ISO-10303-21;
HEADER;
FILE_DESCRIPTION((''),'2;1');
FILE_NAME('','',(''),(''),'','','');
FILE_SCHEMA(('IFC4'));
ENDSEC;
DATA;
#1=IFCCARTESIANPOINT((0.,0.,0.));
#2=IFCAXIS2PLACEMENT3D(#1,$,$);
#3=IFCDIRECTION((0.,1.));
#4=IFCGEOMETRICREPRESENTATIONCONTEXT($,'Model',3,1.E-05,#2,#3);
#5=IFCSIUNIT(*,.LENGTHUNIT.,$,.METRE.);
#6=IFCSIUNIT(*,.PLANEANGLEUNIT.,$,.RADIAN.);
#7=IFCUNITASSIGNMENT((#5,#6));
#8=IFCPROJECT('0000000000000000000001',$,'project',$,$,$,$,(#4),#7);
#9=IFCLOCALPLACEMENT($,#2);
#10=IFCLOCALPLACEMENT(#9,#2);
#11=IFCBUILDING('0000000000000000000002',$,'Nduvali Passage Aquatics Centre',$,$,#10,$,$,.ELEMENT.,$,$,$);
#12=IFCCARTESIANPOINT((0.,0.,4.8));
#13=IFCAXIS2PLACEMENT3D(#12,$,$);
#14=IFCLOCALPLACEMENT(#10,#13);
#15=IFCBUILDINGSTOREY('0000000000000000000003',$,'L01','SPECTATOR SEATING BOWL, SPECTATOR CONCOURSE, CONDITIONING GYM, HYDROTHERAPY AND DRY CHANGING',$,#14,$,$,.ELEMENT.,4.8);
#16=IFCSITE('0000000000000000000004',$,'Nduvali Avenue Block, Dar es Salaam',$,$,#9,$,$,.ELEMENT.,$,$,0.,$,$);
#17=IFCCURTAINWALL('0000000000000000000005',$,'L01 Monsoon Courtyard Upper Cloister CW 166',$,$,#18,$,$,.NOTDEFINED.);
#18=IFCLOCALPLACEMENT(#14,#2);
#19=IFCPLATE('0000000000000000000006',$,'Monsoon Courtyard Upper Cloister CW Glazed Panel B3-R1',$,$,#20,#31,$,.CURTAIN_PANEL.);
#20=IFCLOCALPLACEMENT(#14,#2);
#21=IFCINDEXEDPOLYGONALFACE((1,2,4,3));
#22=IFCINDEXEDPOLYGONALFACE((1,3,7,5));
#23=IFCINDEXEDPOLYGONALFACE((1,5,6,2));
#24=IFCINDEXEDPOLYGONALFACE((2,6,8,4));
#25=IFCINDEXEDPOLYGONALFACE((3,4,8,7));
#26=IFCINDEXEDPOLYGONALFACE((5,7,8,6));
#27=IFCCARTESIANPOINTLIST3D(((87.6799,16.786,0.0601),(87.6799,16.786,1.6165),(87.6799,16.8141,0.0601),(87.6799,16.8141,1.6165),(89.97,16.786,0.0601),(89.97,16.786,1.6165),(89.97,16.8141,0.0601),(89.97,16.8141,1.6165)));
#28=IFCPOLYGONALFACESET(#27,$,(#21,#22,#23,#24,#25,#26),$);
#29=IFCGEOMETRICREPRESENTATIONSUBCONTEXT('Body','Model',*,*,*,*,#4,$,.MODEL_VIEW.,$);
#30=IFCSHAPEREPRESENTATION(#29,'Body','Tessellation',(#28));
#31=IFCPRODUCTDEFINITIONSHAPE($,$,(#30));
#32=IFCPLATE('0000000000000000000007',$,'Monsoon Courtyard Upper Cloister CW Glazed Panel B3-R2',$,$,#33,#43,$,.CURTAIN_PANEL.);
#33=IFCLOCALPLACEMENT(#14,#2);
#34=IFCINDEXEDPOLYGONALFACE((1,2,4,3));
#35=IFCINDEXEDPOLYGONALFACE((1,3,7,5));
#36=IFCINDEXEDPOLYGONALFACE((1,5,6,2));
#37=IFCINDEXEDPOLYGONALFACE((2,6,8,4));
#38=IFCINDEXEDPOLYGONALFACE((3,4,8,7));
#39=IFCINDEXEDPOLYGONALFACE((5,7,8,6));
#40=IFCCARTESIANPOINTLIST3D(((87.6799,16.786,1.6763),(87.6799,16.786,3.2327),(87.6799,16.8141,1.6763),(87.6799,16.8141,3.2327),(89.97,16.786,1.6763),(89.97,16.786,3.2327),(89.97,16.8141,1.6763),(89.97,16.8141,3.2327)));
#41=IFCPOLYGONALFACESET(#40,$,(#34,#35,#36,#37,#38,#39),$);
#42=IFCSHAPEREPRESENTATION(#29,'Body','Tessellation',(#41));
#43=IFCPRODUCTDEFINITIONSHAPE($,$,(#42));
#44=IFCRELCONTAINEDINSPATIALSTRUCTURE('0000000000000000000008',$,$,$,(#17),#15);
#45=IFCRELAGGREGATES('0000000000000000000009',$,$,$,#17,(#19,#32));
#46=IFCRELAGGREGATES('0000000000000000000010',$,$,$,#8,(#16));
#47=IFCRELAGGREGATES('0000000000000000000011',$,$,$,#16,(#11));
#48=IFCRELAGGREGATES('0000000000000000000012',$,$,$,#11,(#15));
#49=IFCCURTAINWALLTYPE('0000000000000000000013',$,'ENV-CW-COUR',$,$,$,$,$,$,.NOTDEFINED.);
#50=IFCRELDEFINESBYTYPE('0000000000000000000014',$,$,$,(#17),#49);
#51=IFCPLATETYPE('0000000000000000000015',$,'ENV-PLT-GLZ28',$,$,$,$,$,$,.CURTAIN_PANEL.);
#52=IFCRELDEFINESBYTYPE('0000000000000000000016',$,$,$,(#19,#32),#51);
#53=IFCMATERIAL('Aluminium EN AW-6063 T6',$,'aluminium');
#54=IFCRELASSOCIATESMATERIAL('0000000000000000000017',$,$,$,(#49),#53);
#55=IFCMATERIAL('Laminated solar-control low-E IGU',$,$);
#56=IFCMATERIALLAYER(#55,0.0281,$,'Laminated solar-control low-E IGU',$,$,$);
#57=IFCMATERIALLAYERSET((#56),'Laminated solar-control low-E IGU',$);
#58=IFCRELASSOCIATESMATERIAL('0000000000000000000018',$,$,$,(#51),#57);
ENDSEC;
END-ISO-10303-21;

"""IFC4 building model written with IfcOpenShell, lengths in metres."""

from ifc_helpers import new_model, si_unit, direction, frame, origin, origin_2d, place, context, subcontext, project, spatial, rectangle, extrude, material, layer, layer_set, type_object, element, aggregate, save


model = new_model("IFC4")

# Units and contexts
model_context = context("Model", 3, precision=1e-05, world=origin(), true_north=direction((0.0, 1.0)))
body_context = subcontext(model_context, "Body", "Model", "MODEL_VIEW")
ifc_project = project(units=[si_unit("LENGTHUNIT", "METRE"), si_unit("PLANEANGLEUNIT", "RADIAN")], contexts=[model_context])

# Site, building, storey
site_placement = place(None, origin())
site = spatial("IfcSite", under=ifc_project, at=site_placement, Name="Nduvali Avenue Block, Dar es Salaam", CompositionType="ELEMENT", RefElevation=0.0)
building_placement = place(site_placement, origin())
building = spatial("IfcBuilding", under=site, at=building_placement, Name="Nduvali Passage Aquatics Centre", CompositionType="ELEMENT")
storey_placement = place(building_placement, frame((0.0, 0.0, 4.8)))
storey = spatial("IfcBuildingStorey", under=building, at=storey_placement, Name="L01", Description="SPECTATOR SEATING BOWL, SPECTATOR CONCOURSE, CONDITIONING GYM, HYDROTHERAPY AND DRY CHANGING", CompositionType="ELEMENT", Elevation=4.8)

# Curtain wall
ifc_material_1 = material(Name="Aluminium EN AW-6063 T6", Category="aluminium")
curtain_wall_type = type_object("IfcCurtainWallType", Name="ENV-CW-COUR", PredefinedType="NOTDEFINED", material=ifc_material_1)
curtain_wall_placement = place(storey_placement, origin())
curtain_wall = element("IfcCurtainWall", 1, at=curtain_wall_placement, inside=storey, type_object=curtain_wall_type, Name="L01 Monsoon Courtyard Upper Cloister CW 166", PredefinedType="NOTDEFINED")

# Plates
ifc_material_2 = material(Name="Laminated solar-control low-E IGU")
ifc_layer = layer(ifc_material_2, 0.0281, Name="Laminated solar-control low-E IGU")
ifc_layer_set = layer_set([ifc_layer], Name="Laminated solar-control low-E IGU")
plate_type = type_object("IfcPlateType", Name="ENV-PLT-GLZ28", PredefinedType="CURTAIN_PANEL", material=ifc_layer_set)
plate_1_placement = place(storey_placement, frame((88.825, 16.8, 0.0601), z_axis=(0.0, 0.0, 1.0), x_axis=(1.0, 0.0, 0.0)))
plate_1 = element("IfcPlate", 2, at=plate_1_placement, type_object=plate_type, Name="Monsoon Courtyard Upper Cloister CW Glazed Panel B3-R1", PredefinedType="CURTAIN_PANEL", context=body_context, shape_type="SweptSolid", body=[
    extrude(rectangle(XDim=2.29, YDim=0.0281, at=origin_2d()), origin(), (0.0, 0.0, 1.0), 1.5564),
])
plate_2_placement = place(storey_placement, frame((88.825, 16.8, 1.6763), z_axis=(0.0, 0.0, 1.0), x_axis=(1.0, 0.0, 0.0)))
plate_2 = element("IfcPlate", 3, at=plate_2_placement, type_object=plate_type, Name="Monsoon Courtyard Upper Cloister CW Glazed Panel B3-R2", PredefinedType="CURTAIN_PANEL", context=body_context, shape_type="SweptSolid", body=[
    extrude(rectangle(XDim=2.29, YDim=0.0281, at=origin_2d()), origin(), (0.0, 0.0, 1.0), 1.5564),
])
aggregate(curtain_wall, [plate_1, plate_2])

save(model, "model.ifc")
